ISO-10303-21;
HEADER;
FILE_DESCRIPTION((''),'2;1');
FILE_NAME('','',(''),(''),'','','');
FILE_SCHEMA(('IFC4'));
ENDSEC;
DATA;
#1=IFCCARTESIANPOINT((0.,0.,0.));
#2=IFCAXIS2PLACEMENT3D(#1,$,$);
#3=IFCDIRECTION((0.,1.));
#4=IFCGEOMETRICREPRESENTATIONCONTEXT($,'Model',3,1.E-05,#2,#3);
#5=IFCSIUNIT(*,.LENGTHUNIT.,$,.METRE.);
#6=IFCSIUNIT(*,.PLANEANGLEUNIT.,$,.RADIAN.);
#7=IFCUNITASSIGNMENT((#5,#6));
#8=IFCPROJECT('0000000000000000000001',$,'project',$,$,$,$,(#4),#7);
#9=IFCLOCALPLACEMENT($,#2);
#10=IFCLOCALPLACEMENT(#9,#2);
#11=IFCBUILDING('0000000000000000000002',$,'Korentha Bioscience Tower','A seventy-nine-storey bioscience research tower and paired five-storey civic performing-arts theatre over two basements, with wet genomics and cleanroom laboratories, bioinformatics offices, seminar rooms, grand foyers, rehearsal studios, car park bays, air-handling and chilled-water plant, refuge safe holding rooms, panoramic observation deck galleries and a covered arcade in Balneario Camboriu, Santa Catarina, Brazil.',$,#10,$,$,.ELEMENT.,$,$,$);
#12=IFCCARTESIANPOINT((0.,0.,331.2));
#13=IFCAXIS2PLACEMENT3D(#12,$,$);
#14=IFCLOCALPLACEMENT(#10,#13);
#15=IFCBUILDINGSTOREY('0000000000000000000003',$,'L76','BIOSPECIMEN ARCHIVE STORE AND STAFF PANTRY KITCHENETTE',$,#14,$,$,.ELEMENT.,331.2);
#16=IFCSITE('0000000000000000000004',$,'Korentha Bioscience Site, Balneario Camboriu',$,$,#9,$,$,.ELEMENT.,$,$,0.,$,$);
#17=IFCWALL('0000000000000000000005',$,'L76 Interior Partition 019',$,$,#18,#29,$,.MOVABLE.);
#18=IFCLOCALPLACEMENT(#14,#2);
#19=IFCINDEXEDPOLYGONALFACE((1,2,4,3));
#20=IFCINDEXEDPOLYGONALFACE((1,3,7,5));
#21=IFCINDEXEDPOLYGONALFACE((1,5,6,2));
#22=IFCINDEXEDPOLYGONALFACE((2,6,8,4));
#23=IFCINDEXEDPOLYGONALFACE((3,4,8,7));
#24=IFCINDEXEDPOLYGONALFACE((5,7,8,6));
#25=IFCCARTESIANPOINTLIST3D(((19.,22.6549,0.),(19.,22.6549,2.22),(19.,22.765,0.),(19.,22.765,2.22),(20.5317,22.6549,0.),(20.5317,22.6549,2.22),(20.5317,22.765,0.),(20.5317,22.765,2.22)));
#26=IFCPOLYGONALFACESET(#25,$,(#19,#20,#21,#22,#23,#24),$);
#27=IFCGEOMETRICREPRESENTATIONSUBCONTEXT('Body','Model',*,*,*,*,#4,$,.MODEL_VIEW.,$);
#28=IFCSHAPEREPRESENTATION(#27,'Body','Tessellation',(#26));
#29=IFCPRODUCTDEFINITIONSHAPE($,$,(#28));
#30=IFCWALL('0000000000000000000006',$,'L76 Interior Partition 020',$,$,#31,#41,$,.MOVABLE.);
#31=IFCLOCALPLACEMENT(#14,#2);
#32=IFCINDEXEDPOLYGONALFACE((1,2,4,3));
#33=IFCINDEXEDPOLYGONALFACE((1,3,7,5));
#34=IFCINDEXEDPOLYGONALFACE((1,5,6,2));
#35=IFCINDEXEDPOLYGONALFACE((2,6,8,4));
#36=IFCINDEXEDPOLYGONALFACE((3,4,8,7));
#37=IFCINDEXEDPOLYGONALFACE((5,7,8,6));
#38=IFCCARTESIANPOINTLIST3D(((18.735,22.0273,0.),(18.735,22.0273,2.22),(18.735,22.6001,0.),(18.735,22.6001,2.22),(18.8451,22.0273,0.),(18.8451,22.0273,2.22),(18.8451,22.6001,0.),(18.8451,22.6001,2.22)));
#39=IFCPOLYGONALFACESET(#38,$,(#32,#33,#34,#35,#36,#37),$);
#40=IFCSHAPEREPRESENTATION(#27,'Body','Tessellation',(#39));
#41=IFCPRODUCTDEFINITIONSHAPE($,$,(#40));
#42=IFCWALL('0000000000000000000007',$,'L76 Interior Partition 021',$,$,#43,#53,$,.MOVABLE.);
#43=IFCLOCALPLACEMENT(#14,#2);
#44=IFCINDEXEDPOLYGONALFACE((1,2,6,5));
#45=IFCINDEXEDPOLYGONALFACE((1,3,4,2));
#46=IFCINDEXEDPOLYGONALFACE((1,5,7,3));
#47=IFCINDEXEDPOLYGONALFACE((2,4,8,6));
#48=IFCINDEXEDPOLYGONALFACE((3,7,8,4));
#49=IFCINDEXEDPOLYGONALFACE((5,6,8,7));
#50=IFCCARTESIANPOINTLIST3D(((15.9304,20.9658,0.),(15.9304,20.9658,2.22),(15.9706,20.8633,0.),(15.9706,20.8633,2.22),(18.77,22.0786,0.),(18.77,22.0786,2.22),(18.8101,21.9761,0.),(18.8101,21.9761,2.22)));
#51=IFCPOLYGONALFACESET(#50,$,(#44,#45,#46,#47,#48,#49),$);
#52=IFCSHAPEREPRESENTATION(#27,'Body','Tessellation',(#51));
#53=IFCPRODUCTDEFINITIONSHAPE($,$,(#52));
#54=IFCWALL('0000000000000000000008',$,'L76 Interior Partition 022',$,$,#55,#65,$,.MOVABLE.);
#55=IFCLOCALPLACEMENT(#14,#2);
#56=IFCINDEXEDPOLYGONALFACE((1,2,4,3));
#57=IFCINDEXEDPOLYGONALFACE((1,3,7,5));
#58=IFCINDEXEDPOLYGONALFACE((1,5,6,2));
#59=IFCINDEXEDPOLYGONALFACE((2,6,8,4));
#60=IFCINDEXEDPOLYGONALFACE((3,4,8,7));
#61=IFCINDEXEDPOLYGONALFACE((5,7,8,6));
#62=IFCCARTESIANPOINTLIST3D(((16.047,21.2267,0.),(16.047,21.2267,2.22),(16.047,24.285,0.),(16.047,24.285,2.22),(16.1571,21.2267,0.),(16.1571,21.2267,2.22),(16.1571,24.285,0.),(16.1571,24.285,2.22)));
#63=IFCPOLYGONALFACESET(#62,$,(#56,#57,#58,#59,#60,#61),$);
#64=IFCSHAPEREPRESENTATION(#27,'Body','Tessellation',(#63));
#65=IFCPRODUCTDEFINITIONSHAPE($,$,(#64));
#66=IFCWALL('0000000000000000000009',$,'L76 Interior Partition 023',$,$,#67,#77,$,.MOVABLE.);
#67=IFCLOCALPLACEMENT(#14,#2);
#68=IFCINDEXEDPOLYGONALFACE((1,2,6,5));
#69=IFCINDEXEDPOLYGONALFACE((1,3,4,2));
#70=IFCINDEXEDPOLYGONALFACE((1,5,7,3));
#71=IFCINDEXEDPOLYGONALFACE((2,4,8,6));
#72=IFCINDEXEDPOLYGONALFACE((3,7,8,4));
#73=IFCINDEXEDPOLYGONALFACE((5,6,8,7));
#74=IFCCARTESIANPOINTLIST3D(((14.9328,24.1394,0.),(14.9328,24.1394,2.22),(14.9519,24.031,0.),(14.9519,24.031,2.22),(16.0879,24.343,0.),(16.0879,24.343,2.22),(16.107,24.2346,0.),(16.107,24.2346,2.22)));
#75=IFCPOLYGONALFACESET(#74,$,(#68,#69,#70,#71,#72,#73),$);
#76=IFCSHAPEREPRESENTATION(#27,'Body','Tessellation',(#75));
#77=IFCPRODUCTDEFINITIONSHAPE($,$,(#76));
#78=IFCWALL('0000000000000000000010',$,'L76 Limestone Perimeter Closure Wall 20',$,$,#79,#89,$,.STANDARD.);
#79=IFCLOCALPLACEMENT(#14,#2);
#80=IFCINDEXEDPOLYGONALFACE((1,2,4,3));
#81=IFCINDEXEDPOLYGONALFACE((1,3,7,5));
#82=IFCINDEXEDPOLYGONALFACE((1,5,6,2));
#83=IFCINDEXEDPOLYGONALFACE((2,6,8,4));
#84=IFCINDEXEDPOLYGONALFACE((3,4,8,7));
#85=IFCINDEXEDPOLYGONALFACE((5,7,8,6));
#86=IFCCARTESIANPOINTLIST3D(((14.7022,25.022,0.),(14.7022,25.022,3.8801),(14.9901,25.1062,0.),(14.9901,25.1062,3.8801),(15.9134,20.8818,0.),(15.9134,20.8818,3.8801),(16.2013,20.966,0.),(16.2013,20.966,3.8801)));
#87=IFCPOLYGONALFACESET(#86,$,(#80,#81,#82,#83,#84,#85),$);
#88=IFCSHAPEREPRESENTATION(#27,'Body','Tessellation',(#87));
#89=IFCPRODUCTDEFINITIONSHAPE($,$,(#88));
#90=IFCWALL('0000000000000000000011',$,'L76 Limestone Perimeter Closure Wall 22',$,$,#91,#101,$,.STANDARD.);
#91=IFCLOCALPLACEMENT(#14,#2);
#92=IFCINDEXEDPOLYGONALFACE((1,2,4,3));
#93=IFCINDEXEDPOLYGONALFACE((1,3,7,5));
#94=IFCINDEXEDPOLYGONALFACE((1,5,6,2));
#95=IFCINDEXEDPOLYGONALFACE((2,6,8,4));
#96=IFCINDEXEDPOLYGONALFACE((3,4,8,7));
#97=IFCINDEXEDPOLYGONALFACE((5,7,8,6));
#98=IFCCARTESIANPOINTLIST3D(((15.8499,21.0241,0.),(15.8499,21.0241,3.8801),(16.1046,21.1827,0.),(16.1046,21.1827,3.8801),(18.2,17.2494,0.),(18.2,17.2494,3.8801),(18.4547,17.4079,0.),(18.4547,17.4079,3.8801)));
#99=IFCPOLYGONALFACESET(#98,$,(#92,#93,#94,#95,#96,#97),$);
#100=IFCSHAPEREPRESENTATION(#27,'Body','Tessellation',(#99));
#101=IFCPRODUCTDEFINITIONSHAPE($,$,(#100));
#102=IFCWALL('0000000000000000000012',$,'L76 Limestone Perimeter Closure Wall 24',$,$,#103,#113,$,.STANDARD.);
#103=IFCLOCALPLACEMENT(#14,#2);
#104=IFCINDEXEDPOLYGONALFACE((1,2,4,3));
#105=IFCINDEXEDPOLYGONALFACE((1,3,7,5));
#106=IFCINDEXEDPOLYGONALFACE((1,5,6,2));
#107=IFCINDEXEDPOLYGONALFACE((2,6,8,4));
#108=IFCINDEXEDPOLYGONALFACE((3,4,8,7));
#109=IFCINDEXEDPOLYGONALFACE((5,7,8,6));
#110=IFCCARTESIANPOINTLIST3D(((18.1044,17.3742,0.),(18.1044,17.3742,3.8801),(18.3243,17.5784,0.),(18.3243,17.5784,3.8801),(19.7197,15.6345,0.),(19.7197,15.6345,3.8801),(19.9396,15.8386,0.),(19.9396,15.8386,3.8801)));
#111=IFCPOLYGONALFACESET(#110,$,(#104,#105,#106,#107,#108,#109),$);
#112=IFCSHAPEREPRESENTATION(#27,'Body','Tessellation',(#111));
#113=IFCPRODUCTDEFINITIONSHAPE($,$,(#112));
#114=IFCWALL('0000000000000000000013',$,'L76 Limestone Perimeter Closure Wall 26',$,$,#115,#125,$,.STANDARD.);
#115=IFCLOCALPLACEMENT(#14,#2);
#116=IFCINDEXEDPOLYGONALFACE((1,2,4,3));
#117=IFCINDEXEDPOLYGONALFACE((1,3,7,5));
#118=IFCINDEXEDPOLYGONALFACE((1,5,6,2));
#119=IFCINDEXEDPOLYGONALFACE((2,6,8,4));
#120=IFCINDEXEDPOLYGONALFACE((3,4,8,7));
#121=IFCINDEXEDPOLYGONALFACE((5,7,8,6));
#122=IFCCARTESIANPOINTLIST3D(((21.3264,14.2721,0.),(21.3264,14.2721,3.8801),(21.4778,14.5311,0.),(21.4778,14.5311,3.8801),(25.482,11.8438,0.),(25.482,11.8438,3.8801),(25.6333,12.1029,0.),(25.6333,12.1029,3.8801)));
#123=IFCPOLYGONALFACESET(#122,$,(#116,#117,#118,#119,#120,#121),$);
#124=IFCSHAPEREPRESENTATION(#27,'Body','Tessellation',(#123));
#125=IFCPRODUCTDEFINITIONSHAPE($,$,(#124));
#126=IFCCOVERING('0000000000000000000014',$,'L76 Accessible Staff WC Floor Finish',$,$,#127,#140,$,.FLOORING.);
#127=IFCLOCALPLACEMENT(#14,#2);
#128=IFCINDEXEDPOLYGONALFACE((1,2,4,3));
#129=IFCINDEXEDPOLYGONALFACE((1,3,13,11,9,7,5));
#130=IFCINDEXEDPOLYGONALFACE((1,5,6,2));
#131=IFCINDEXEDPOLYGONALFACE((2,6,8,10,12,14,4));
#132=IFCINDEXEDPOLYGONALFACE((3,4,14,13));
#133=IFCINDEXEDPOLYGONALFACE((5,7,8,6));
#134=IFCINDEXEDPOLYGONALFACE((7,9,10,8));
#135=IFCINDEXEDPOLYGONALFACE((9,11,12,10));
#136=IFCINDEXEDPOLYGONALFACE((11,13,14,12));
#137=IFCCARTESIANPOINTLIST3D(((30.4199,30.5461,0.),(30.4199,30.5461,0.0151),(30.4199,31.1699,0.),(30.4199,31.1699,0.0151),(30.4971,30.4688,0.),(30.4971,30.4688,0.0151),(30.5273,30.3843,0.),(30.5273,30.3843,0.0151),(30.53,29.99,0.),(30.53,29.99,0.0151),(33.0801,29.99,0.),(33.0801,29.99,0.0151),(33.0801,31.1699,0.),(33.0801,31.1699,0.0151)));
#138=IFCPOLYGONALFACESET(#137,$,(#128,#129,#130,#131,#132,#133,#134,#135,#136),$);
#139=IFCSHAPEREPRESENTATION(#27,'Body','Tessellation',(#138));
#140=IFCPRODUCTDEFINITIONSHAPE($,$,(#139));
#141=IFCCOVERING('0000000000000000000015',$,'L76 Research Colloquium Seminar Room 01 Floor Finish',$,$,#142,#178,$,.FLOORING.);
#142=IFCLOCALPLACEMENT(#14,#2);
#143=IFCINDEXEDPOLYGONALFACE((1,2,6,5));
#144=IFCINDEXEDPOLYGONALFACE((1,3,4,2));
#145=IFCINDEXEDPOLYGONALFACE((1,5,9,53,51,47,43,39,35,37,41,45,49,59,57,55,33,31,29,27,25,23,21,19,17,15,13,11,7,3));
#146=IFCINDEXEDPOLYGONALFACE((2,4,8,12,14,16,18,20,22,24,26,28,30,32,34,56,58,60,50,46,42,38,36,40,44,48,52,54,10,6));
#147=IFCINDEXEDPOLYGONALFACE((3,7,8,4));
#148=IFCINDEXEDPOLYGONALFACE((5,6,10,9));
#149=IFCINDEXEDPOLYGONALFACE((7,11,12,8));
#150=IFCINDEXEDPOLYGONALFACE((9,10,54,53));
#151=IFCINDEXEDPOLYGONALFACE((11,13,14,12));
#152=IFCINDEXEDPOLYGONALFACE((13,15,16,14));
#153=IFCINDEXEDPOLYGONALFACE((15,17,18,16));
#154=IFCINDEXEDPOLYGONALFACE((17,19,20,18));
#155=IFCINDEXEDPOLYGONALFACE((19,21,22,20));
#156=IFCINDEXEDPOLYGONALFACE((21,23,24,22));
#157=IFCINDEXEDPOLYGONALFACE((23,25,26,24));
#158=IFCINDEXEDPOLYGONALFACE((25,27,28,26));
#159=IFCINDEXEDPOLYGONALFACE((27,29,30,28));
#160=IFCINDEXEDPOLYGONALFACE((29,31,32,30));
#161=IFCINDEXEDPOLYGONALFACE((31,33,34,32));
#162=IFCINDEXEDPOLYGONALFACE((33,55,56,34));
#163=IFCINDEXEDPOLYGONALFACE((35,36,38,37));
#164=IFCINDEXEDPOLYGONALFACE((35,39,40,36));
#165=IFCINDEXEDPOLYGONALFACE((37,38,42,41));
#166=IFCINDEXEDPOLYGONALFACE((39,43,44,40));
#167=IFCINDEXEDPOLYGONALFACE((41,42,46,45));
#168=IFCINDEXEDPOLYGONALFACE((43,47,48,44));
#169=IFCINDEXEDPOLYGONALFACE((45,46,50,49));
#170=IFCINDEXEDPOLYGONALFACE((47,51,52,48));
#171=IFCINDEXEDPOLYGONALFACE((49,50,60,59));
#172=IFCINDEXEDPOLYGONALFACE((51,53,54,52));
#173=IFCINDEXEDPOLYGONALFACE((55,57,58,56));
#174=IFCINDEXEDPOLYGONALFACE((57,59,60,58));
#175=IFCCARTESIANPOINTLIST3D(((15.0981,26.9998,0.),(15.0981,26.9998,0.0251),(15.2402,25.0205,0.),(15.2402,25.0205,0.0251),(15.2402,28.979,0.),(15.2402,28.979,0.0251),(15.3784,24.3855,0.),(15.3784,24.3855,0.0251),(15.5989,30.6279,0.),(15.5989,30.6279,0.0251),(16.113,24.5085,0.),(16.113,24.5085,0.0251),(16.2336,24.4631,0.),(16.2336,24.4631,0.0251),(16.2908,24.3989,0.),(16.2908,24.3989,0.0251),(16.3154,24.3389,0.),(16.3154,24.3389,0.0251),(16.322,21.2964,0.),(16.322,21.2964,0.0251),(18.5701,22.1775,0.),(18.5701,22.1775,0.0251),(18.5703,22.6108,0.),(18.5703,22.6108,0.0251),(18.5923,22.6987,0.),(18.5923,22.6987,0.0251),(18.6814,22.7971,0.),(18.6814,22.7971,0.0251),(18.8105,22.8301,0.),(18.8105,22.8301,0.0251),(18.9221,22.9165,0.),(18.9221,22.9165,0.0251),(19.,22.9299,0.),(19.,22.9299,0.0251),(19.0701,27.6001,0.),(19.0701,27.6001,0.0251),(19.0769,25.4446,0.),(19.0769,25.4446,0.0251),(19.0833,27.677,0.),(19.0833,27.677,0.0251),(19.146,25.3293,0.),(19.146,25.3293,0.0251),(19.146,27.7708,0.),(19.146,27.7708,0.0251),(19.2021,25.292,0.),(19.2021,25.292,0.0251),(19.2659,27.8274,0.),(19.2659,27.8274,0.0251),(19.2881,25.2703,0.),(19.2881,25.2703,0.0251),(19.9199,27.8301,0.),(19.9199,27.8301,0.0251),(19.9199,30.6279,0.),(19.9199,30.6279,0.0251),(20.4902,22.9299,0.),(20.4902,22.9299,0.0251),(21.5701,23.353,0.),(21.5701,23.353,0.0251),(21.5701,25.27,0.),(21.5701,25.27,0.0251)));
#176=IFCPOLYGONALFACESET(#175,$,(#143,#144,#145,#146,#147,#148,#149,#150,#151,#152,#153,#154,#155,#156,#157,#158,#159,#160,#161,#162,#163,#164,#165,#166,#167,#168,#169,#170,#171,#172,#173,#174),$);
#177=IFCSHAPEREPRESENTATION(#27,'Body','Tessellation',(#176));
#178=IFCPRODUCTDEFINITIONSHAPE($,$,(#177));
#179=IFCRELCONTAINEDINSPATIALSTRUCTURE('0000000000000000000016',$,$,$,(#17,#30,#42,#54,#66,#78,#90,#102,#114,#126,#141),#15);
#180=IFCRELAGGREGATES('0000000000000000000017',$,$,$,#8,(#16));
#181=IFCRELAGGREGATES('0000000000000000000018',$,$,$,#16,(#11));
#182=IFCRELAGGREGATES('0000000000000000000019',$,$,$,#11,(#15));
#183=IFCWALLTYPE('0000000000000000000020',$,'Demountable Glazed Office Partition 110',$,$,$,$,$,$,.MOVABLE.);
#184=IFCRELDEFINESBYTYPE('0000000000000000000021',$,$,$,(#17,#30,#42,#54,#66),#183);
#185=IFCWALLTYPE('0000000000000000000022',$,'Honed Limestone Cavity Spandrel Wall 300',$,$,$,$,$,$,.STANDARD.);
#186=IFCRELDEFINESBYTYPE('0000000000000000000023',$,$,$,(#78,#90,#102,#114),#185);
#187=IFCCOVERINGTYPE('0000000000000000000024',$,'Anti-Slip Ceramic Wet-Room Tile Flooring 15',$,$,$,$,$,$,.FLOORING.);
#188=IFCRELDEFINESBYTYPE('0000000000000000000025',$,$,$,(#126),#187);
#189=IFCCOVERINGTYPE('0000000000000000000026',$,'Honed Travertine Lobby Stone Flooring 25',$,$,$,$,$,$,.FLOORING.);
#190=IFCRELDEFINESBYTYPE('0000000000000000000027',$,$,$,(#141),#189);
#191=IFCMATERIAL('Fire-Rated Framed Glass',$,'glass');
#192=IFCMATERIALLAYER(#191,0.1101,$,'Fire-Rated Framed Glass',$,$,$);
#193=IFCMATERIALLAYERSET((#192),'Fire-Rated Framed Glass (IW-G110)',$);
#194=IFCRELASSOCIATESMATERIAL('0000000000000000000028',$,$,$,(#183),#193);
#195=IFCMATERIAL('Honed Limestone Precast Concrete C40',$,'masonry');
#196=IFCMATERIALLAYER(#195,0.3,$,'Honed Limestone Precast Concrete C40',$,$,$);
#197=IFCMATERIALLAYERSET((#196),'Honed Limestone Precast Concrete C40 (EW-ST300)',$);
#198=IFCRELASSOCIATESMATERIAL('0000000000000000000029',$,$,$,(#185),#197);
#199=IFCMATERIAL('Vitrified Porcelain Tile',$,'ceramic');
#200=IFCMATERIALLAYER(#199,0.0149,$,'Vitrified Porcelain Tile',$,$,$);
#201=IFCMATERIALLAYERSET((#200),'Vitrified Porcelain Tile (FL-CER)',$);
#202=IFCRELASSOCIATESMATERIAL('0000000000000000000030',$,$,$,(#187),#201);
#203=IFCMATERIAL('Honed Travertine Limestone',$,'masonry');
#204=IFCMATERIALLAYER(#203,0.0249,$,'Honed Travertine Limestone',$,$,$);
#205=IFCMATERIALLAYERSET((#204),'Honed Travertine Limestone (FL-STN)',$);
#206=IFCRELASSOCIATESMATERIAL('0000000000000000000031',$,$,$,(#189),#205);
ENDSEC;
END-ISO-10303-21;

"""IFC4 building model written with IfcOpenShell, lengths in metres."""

from ifc_helpers import new_model, si_unit, direction, frame, frame_2d, origin, place, context, subcontext, project, spatial, polyline, rectangle, outline, extrude, material, layer, layer_set, type_object, element, save


model = new_model("IFC4")

# Units and contexts
model_context = context("Model", 3, precision=1e-05, world=origin(), true_north=direction((0.0, 1.0)))
body_context = subcontext(model_context, "Body", "Model", "MODEL_VIEW")
ifc_project = project(units=[si_unit("LENGTHUNIT", "METRE"), si_unit("PLANEANGLEUNIT", "RADIAN")], contexts=[model_context])

# Site, building, storey
site_placement = place(None, origin())
site = spatial("IfcSite", under=ifc_project, at=site_placement, Name="Korentha Bioscience Site, Balneario Camboriu", CompositionType="ELEMENT", RefElevation=0.0)
building_placement = place(site_placement, origin())
building = spatial("IfcBuilding", under=site, at=building_placement, Name="Korentha Bioscience Tower", Description="A seventy-nine-storey bioscience research tower and paired five-storey civic performing-arts theatre over two basements, with wet genomics and cleanroom laboratories, bioinformatics offices, seminar rooms, grand foyers, rehearsal studios, car park bays, air-handling and chilled-water plant, refuge safe holding rooms, panoramic observation deck galleries and a covered arcade in Balneario Camboriu, Santa Catarina, Brazil.", CompositionType="ELEMENT")
storey_placement = place(building_placement, frame((0.0, 0.0, 331.2)))
storey = spatial("IfcBuildingStorey", under=building, at=storey_placement, Name="L76", Description="BIOSPECIMEN ARCHIVE STORE AND STAFF PANTRY KITCHENETTE", CompositionType="ELEMENT", Elevation=331.2)

# Shared definitions
ifc_material_1 = material(Name="Fire-Rated Framed Glass", Category="glass")
ifc_layer_1 = layer(ifc_material_1, 0.1101, Name="Fire-Rated Framed Glass")
ifc_layer_set_1 = layer_set([ifc_layer_1], Name="Fire-Rated Framed Glass (IW-G110)")
wall_type_1 = type_object("IfcWallType", Name="Demountable Glazed Office Partition 110", PredefinedType="MOVABLE", material=ifc_layer_set_1)

# Walls
wall_1_placement = place(storey_placement, frame((20.5317, 22.71, 0.0), z_axis=(0.0, 0.0, 1.0), x_axis=(-1.0, 0.0, 0.0)))
element("IfcWall", 1, at=wall_1_placement, inside=storey, type_object=wall_type_1, Name="L76 Interior Partition 019", PredefinedType="MOVABLE", context=body_context, shape_type="SweptSolid", body=[
    extrude(rectangle(XDim=1.5317, YDim=0.1101, at=frame_2d((0.7659, 0.0))), origin(), (0.0, 0.0, 1.0), 2.22),
])
wall_2_placement = place(storey_placement, frame((18.79, 22.6001, 0.0), z_axis=(0.0, 0.0, 1.0), x_axis=(0.0, -1.0, 0.0)))
element("IfcWall", 2, at=wall_2_placement, inside=storey, type_object=wall_type_1, Name="L76 Interior Partition 020", PredefinedType="MOVABLE", context=body_context, shape_type="SweptSolid", body=[
    extrude(rectangle(XDim=0.5728, YDim=0.1101, at=frame_2d((0.2864, 0.0))), origin(), (0.0, 0.0, 1.0), 2.22),
])
wall_3_placement = place(storey_placement, frame((18.79, 22.0273, 0.0), z_axis=(0.0, 0.0, 1.0), x_axis=(-0.93106, -0.364867, 0.0)))
element("IfcWall", 3, at=wall_3_placement, inside=storey, type_object=wall_type_1, Name="L76 Interior Partition 021", PredefinedType="MOVABLE", context=body_context, shape_type="SweptSolid", body=[
    extrude(rectangle(XDim=3.0498, YDim=0.1101, at=frame_2d((1.5249, 0.0))), origin(), (0.0, 0.0, 1.0), 2.22),
])
wall_4_placement = place(storey_placement, frame((16.1021, 21.2266, 0.0), z_axis=(0.0, 0.0, 1.0), x_axis=(0.0, 1.0, 0.0)))
element("IfcWall", 4, at=wall_4_placement, inside=storey, type_object=wall_type_1, Name="L76 Interior Partition 022", PredefinedType="MOVABLE", context=body_context, shape_type="SweptSolid", body=[
    extrude(rectangle(XDim=3.0583, YDim=0.1101, at=frame_2d((1.5293, 0.0))), origin(), (0.0, 0.0, 1.0), 2.22),
])
wall_5_placement = place(storey_placement, frame((16.0974, 24.2888, 0.0), z_axis=(0.0, 0.0, 1.0), x_axis=(-0.984815, -0.173607, 0.0)))
element("IfcWall", 5, at=wall_5_placement, inside=storey, type_object=wall_type_1, Name="L76 Interior Partition 023", PredefinedType="MOVABLE", context=body_context, shape_type="SweptSolid", body=[
    extrude(rectangle(XDim=1.1729, YDim=0.1101, at=frame_2d((0.5864, 0.0))), origin(), (0.0, 0.0, 1.0), 2.22),
])
ifc_material_2 = material(Name="Honed Limestone Precast Concrete C40", Category="masonry")
ifc_layer_2 = layer(ifc_material_2, 0.3, Name="Honed Limestone Precast Concrete C40")
ifc_layer_set_2 = layer_set([ifc_layer_2], Name="Honed Limestone Precast Concrete C40 (EW-ST300)")
wall_type_2 = type_object("IfcWallType", Name="Honed Limestone Cavity Spandrel Wall 300", PredefinedType="STANDARD", material=ifc_layer_set_2)
wall_6_placement = place(storey_placement, frame((14.8462, 25.064, 0.0), z_axis=(0.0, 0.0, 1.0), x_axis=(0.280778, -0.959773, 0.0)))
element("IfcWall", 6, at=wall_6_placement, inside=storey, type_object=wall_type_2, Name="L76 Limestone Perimeter Closure Wall 20", PredefinedType="STANDARD", context=body_context, shape_type="SweptSolid", body=[
    extrude(rectangle(XDim=4.3137, YDim=0.3, at=frame_2d((2.1567, 0.0))), origin(), (0.0, 0.0, 1.0), 3.8801),
])
wall_7_placement = place(storey_placement, frame((15.9773, 21.1033, 0.0), z_axis=(0.0, 0.0, 1.0), x_axis=(0.528532, -0.848913, 0.0)))
element("IfcWall", 7, at=wall_7_placement, inside=storey, type_object=wall_type_2, Name="L76 Limestone Perimeter Closure Wall 22", PredefinedType="STANDARD", context=body_context, shape_type="SweptSolid", body=[
    extrude(rectangle(XDim=4.4465, YDim=0.3, at=frame_2d((2.2231, 0.0))), origin(), (0.0, 0.0, 1.0), 3.8801),
])
wall_8_placement = place(storey_placement, frame((18.2144, 17.4763, 0.0), z_axis=(0.0, 0.0, 1.0), x_axis=(0.680396, -0.732845, 0.0)))
element("IfcWall", 8, at=wall_8_placement, inside=storey, type_object=wall_type_2, Name="L76 Limestone Perimeter Closure Wall 24", PredefinedType="STANDARD", context=body_context, shape_type="SweptSolid", body=[
    extrude(rectangle(XDim=2.374, YDim=0.3, at=frame_2d((1.187, 0.0))), origin(), (0.0, 0.0, 1.0), 3.8801),
])
wall_9_placement = place(storey_placement, frame((21.4021, 14.4016, 0.0), z_axis=(0.0, 0.0, 1.0), x_axis=(0.863402, -0.504517, 0.0)))
element("IfcWall", 9, at=wall_9_placement, inside=storey, type_object=wall_type_2, Name="L76 Limestone Perimeter Closure Wall 26", PredefinedType="STANDARD", context=body_context, shape_type="SweptSolid", body=[
    extrude(rectangle(XDim=4.813, YDim=0.3, at=frame_2d((2.4065, 0.0))), origin(), (0.0, 0.0, 1.0), 3.8801),
])

# Coverings
ifc_material_3 = material(Name="Vitrified Porcelain Tile", Category="ceramic")
ifc_layer_3 = layer(ifc_material_3, 0.0149, Name="Vitrified Porcelain Tile")
ifc_layer_set_3 = layer_set([ifc_layer_3], Name="Vitrified Porcelain Tile (FL-CER)")
covering_type_1 = type_object("IfcCoveringType", Name="Anti-Slip Ceramic Wet-Room Tile Flooring 15", PredefinedType="FLOORING", material=ifc_layer_set_3)
covering_1_placement = place(storey_placement, origin())
element("IfcCovering", 10, at=covering_1_placement, inside=storey, type_object=covering_type_1, Name="L76 Accessible Staff WC Floor Finish", PredefinedType="FLOORING", context=body_context, shape_type="SweptSolid", body=[
    extrude(outline(polyline([(30.4199, 31.1699), (33.0801, 31.1699), (33.0801, 29.99), (30.53, 29.99), (30.5273, 30.3843), (30.4971, 30.4688), (30.4199, 30.5461), (30.4199, 31.1699)])), origin(), (0.0, 0.0, 1.0), 0.0151),
])
ifc_material_4 = material(Name="Honed Travertine Limestone", Category="masonry")
ifc_layer_4 = layer(ifc_material_4, 0.0249, Name="Honed Travertine Limestone")
ifc_layer_set_4 = layer_set([ifc_layer_4], Name="Honed Travertine Limestone (FL-STN)")
covering_type_2 = type_object("IfcCoveringType", Name="Honed Travertine Lobby Stone Flooring 25", PredefinedType="FLOORING", material=ifc_layer_set_4)
covering_2_placement = place(storey_placement, origin())
element("IfcCovering", 11, at=covering_2_placement, inside=storey, type_object=covering_type_2, Name="L76 Research Colloquium Seminar Room 01 Floor Finish", PredefinedType="FLOORING", context=body_context, shape_type="SweptSolid", body=[
    extrude(outline(polyline([(15.2402, 25.0205), (15.0981, 26.9998), (15.2402, 28.979), (15.5989, 30.6279), (19.9199, 30.6279), (19.9199, 27.8301), (19.2659, 27.8274), (19.146, 27.7708), (19.0833, 27.677), (19.0701, 27.6001), (19.0769, 25.4446), (19.146, 25.3293), (19.2021, 25.292), (19.2881, 25.2703), (21.5701, 25.27), (21.5701, 23.353), (20.4902, 22.9299), (19.0, 22.9299), (18.9221, 22.9165), (18.8105, 22.8301), (18.6814, 22.7971), (18.5923, 22.6987), (18.5703, 22.6108), (18.5701, 22.1775), (16.322, 21.2964), (16.3154, 24.3389), (16.2908, 24.3989), (16.2336, 24.4631), (16.113, 24.5085), (15.3784, 24.3855), (15.2402, 25.0205)])), origin(), (0.0, 0.0, 1.0), 0.0251),
])

save(model, "model.ifc")
